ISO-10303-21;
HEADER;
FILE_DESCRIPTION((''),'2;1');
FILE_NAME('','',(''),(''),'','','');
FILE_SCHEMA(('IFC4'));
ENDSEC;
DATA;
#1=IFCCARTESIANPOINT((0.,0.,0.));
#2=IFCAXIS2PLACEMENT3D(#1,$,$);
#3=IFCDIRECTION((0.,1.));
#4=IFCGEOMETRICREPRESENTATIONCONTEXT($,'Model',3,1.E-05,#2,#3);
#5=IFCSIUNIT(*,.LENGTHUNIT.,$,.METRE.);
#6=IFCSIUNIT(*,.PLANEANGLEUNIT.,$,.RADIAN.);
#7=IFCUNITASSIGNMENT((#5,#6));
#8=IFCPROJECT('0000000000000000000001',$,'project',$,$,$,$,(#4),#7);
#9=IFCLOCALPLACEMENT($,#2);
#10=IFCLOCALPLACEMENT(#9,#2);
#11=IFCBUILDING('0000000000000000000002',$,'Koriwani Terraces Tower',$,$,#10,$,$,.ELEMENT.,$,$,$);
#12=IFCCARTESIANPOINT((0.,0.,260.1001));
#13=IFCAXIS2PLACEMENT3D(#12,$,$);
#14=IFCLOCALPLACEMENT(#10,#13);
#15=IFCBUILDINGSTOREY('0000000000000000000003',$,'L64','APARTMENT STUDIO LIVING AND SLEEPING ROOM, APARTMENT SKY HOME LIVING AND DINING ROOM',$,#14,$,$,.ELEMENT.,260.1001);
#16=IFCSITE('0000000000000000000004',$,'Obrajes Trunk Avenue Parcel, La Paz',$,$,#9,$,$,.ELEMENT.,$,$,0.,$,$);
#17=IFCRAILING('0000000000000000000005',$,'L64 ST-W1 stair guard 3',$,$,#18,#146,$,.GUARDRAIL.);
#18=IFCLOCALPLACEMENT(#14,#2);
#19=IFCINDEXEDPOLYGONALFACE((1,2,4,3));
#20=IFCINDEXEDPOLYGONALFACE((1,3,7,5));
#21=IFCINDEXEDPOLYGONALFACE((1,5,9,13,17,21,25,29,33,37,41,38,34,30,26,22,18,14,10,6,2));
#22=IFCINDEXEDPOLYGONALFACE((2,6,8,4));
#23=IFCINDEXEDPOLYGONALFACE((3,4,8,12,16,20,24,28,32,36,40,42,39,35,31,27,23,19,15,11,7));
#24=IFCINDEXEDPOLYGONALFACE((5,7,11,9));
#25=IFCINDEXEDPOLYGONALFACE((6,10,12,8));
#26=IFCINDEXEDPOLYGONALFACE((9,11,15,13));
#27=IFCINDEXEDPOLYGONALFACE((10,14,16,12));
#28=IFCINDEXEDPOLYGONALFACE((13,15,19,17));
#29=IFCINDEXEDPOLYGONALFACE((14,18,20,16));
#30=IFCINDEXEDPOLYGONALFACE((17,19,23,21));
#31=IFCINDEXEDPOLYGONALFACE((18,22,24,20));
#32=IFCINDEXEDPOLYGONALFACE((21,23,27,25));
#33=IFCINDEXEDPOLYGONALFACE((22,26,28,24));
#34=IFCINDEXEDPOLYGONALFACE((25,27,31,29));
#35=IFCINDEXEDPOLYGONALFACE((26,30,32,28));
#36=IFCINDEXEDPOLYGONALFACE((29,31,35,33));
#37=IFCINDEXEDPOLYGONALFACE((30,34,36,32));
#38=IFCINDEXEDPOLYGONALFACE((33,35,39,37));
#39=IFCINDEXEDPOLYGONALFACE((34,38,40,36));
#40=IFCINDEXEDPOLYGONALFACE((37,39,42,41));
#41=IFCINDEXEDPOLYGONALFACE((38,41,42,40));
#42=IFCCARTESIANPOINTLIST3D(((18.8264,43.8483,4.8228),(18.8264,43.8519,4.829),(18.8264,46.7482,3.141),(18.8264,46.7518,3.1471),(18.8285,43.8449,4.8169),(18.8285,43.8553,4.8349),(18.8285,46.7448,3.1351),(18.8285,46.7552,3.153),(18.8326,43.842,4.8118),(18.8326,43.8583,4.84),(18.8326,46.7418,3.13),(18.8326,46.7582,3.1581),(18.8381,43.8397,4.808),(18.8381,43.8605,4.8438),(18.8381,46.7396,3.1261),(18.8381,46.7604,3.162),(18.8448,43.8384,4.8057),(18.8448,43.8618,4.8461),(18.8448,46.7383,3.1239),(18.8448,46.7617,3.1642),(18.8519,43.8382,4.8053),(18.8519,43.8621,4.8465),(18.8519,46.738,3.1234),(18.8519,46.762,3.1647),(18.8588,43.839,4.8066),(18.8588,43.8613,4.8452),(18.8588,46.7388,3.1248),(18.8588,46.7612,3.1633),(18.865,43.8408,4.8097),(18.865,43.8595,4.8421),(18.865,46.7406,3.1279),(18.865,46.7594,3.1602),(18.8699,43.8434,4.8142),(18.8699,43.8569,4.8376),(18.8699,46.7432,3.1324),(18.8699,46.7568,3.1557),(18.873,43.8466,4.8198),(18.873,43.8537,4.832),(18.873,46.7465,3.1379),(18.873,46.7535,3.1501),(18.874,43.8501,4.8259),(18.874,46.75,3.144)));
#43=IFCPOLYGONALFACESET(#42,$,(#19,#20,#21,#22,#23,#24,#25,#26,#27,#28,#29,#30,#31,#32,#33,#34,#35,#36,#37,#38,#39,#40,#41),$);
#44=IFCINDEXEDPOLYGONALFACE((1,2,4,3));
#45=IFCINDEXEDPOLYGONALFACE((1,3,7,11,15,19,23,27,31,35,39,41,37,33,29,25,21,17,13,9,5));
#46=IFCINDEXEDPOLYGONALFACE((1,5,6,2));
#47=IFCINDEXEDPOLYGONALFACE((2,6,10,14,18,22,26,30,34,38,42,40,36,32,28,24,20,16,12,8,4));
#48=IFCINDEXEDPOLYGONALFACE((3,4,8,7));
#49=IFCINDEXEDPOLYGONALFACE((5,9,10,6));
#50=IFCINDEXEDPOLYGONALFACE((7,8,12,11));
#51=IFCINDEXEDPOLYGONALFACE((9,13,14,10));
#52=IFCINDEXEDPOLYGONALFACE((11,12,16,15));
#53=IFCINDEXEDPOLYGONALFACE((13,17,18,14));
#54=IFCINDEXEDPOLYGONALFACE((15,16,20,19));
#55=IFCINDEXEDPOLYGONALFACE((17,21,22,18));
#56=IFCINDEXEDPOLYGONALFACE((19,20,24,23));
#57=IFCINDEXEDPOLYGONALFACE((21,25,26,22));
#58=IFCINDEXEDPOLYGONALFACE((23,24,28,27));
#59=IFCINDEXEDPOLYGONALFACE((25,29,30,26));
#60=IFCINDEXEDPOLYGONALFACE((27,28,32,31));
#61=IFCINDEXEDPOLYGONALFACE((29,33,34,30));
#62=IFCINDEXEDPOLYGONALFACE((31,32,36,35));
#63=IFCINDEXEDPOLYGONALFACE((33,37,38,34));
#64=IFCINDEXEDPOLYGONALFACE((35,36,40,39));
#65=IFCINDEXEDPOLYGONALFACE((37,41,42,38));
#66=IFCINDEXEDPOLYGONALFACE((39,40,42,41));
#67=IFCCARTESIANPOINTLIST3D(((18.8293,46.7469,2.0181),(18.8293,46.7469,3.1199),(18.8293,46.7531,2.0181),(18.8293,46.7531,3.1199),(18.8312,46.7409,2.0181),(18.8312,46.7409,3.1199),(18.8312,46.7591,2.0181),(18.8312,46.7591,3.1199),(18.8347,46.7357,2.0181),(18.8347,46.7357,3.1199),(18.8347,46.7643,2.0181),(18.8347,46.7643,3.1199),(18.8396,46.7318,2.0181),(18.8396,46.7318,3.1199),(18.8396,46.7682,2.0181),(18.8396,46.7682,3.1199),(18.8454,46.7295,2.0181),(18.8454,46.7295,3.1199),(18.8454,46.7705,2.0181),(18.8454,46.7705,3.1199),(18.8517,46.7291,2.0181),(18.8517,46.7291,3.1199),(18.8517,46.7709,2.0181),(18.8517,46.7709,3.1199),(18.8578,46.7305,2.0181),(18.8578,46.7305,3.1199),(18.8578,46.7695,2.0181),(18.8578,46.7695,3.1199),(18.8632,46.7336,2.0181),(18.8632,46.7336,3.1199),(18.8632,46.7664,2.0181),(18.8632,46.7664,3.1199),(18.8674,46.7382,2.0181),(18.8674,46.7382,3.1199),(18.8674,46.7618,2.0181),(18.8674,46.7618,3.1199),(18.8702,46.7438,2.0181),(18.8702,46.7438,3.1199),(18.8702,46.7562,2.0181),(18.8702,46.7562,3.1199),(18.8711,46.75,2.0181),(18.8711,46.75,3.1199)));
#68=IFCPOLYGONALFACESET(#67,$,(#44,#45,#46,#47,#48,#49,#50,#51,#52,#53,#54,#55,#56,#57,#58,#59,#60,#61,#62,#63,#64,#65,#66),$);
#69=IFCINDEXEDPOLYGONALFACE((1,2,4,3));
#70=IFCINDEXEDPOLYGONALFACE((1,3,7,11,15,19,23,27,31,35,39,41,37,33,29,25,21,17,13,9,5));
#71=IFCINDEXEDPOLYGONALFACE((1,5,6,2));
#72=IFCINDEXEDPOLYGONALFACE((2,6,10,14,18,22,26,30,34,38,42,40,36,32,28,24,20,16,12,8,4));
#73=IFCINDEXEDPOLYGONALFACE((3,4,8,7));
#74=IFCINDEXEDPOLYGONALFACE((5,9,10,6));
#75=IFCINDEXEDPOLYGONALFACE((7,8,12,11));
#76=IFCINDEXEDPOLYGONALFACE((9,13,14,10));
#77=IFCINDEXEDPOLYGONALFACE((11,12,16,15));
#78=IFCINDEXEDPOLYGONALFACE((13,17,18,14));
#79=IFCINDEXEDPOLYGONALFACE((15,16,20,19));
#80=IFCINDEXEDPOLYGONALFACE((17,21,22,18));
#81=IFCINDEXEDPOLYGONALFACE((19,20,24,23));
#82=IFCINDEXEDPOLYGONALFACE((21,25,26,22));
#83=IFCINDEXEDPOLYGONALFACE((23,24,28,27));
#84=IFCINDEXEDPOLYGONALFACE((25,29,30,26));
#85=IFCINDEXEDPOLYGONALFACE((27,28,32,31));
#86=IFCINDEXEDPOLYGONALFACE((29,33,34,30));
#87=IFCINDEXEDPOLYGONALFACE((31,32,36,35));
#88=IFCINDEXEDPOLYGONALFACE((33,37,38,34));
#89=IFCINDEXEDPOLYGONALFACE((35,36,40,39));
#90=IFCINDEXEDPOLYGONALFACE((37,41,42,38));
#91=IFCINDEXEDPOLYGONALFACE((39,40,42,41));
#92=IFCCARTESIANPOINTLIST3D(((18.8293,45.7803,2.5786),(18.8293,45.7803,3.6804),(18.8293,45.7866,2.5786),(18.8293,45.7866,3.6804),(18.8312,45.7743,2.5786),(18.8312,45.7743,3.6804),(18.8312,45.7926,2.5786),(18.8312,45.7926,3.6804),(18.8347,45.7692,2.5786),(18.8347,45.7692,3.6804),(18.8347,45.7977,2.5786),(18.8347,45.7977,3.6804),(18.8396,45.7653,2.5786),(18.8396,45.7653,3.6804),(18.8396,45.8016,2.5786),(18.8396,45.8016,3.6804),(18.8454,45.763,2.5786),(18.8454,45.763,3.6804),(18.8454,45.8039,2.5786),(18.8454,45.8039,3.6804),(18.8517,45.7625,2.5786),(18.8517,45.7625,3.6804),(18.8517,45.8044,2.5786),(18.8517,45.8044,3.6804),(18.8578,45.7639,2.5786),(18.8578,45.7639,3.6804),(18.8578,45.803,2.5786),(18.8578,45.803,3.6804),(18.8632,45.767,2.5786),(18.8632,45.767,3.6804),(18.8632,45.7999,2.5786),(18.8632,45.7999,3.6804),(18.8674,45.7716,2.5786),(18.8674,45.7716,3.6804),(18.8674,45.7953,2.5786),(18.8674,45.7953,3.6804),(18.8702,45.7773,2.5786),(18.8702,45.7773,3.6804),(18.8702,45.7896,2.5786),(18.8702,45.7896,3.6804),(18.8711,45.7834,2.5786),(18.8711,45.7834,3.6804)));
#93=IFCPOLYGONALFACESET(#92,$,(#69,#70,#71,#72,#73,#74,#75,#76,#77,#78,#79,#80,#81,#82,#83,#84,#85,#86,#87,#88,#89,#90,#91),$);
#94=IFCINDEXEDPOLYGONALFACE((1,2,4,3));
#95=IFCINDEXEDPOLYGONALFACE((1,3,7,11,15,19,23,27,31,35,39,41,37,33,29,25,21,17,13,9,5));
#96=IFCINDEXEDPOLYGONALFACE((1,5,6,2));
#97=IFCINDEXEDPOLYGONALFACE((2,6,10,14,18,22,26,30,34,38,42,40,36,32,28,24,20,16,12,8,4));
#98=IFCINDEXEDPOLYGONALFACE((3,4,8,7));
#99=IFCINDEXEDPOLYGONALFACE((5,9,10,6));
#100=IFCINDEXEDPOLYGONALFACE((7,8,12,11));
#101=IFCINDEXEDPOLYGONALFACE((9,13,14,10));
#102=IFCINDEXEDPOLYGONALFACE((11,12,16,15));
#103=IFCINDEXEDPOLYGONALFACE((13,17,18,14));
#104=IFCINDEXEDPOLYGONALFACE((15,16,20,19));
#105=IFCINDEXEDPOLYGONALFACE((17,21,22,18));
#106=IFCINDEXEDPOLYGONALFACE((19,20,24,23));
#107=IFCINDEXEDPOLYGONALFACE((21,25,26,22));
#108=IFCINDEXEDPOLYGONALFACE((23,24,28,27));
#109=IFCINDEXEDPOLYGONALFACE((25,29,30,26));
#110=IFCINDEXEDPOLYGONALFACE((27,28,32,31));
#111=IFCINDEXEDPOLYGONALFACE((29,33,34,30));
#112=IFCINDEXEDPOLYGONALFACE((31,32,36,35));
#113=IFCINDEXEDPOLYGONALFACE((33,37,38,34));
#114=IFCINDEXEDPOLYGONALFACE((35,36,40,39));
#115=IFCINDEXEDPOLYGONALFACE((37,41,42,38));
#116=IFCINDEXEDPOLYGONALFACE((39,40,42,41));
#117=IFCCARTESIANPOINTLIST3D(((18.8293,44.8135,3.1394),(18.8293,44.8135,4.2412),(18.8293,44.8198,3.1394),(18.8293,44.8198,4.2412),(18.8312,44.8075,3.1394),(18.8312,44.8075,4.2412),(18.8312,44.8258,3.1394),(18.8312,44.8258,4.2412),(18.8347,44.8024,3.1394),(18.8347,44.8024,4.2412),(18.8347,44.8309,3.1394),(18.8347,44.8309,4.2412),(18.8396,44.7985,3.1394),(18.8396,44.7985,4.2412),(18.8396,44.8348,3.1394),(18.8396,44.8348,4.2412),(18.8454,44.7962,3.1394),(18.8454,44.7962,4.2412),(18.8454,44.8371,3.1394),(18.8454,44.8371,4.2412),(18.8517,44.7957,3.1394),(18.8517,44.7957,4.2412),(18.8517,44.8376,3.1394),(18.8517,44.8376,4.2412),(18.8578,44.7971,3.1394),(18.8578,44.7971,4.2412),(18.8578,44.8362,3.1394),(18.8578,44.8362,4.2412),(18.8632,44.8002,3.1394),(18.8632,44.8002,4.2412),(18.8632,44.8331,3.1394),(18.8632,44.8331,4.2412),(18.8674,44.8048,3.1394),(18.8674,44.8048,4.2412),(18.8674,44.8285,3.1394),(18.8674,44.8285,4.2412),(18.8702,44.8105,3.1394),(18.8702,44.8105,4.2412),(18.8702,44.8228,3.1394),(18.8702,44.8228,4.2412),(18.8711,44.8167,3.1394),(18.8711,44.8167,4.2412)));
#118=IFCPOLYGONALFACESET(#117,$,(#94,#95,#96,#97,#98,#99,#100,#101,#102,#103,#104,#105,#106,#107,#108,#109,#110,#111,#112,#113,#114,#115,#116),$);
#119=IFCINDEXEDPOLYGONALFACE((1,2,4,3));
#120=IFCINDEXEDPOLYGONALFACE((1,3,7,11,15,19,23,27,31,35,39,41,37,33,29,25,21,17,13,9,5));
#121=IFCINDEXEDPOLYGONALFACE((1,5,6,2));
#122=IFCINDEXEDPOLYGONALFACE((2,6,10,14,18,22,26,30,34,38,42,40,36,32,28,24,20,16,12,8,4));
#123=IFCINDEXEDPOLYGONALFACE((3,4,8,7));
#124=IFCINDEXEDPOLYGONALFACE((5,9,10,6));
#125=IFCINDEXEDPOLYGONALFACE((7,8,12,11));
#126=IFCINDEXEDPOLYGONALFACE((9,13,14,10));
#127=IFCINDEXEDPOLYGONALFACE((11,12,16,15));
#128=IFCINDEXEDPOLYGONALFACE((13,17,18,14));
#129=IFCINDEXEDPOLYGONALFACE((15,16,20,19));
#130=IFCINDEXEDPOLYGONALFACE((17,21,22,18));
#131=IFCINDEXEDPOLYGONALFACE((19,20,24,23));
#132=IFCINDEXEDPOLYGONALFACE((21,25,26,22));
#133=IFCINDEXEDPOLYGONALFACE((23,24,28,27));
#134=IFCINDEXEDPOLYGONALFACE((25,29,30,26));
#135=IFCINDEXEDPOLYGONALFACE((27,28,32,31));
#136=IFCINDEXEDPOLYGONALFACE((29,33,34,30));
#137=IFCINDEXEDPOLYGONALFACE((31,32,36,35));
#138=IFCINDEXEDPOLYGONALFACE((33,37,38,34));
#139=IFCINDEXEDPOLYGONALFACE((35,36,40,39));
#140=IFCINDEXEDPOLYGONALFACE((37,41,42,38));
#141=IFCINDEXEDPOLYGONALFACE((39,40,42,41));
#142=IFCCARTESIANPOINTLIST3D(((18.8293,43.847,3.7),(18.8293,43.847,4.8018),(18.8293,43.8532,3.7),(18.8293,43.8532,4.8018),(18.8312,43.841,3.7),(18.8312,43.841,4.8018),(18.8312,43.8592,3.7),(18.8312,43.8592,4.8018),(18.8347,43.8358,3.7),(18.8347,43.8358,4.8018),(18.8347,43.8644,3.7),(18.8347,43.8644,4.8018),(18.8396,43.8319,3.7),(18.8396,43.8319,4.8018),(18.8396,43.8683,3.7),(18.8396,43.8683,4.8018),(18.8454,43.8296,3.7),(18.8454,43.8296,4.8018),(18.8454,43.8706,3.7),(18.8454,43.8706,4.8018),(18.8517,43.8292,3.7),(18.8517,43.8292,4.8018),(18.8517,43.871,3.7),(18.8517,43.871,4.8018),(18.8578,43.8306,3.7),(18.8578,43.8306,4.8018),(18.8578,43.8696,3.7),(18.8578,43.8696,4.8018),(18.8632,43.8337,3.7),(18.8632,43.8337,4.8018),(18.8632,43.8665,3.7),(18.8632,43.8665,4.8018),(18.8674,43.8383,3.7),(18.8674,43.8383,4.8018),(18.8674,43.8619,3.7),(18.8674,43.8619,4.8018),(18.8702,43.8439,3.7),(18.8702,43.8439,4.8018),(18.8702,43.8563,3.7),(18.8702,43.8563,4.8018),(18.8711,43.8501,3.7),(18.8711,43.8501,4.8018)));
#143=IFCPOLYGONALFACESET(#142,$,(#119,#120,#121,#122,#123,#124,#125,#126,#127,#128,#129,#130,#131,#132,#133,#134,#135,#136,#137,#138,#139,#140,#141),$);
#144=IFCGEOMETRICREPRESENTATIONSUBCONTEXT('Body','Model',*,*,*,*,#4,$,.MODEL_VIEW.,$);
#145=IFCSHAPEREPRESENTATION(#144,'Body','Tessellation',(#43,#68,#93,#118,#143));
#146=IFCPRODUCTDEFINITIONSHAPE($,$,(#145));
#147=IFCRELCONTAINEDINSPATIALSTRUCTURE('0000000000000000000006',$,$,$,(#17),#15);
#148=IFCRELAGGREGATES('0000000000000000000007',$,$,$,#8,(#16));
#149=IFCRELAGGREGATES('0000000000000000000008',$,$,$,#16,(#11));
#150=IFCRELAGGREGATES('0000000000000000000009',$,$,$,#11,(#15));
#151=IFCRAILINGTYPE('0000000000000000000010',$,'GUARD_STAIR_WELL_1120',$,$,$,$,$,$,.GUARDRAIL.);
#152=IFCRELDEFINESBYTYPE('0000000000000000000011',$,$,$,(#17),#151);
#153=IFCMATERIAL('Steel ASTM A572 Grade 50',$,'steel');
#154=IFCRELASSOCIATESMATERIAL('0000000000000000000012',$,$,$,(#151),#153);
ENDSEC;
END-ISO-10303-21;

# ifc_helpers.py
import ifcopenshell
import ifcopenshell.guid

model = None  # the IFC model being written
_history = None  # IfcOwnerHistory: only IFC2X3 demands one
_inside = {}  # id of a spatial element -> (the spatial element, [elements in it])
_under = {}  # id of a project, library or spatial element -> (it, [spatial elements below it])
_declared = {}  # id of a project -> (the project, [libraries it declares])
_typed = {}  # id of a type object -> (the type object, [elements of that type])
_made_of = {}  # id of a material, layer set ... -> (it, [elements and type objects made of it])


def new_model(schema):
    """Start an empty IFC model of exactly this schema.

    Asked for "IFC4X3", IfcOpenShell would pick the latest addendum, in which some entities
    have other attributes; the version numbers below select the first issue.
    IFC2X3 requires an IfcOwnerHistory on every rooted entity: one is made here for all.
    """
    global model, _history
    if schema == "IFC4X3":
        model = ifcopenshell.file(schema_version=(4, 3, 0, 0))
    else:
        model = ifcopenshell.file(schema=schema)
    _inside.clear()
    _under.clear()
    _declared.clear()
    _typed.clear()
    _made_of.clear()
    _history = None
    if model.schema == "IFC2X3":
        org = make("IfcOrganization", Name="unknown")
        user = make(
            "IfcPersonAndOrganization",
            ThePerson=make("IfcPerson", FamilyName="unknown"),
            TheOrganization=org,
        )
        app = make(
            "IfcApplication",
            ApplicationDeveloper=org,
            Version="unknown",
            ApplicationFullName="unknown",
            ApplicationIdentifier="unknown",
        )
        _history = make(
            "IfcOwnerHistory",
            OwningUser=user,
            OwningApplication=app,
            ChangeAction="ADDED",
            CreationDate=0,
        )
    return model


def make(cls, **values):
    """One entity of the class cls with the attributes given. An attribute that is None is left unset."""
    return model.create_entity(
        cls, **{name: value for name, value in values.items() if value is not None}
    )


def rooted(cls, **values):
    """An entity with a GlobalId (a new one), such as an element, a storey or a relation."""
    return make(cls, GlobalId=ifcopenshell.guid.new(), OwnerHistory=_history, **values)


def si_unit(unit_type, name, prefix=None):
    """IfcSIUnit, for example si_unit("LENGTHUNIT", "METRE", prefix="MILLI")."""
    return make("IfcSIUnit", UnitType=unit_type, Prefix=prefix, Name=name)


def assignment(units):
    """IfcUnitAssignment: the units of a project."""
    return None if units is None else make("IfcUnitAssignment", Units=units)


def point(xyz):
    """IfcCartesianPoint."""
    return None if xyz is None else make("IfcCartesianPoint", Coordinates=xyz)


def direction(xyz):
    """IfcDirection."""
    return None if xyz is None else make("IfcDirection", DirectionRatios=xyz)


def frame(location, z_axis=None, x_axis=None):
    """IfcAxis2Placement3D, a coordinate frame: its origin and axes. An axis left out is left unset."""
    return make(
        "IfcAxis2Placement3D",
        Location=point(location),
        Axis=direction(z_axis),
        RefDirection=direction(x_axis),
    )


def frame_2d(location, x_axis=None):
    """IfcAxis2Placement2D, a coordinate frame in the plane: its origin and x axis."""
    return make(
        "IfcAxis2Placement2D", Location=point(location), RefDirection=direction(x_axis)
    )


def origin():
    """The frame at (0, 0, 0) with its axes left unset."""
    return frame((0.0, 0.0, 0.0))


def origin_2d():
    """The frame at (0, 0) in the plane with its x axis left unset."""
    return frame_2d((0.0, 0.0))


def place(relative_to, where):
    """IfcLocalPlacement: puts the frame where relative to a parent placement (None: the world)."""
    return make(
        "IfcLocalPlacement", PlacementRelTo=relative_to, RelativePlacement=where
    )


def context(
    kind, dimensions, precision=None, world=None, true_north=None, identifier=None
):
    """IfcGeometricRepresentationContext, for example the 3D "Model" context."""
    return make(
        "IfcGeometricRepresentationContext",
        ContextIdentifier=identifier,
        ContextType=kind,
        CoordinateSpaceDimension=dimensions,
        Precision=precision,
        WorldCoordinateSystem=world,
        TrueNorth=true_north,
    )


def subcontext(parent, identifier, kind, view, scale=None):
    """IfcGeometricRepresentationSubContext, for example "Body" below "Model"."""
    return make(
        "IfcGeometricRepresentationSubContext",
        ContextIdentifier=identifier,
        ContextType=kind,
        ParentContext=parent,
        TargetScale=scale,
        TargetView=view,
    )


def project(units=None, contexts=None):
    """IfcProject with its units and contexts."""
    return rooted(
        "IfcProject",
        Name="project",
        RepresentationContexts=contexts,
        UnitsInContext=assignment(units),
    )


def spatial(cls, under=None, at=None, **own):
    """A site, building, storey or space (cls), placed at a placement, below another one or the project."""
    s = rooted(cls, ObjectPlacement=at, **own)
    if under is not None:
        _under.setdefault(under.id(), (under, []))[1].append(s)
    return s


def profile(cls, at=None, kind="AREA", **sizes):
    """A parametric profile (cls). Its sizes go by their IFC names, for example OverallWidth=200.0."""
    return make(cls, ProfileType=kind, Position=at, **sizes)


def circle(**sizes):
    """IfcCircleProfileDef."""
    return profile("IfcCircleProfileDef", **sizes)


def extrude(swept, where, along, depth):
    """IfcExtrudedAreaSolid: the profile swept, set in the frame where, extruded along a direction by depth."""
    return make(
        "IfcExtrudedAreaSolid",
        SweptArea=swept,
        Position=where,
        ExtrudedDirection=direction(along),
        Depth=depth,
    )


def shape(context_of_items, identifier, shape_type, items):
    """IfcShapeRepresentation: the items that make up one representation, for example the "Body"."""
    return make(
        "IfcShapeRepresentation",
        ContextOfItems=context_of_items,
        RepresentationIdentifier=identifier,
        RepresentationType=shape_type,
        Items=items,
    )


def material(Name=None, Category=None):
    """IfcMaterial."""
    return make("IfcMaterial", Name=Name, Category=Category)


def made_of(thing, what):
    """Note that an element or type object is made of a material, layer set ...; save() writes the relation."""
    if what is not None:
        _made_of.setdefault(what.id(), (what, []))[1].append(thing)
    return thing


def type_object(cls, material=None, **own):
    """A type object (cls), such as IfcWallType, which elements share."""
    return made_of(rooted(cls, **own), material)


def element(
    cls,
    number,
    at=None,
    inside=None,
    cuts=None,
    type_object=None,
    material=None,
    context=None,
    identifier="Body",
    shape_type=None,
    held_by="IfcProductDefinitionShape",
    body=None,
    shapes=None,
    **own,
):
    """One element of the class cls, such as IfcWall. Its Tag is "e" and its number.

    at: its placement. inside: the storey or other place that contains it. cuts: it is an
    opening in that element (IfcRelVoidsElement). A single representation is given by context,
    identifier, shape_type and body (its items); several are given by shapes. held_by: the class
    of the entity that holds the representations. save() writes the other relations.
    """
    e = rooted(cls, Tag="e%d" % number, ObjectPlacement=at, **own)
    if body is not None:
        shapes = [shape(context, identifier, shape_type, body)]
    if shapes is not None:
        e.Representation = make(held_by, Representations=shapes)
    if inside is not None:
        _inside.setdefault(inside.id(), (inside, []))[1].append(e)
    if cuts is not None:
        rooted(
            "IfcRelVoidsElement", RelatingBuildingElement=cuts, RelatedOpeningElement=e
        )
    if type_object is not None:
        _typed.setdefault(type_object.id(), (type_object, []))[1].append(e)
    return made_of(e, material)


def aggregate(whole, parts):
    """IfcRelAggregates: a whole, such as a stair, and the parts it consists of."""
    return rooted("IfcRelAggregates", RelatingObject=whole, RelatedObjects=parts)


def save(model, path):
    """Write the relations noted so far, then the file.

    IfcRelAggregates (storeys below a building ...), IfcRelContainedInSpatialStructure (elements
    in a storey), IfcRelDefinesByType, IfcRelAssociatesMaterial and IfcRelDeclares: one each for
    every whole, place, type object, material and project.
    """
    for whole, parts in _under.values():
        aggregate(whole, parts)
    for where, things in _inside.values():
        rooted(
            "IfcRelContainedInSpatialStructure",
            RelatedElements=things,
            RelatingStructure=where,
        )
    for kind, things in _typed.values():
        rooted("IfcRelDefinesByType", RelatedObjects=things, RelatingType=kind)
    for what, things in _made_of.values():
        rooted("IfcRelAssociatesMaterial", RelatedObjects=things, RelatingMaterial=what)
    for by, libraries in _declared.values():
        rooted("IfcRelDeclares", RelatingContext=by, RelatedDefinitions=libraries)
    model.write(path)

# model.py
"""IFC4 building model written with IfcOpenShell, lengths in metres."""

from ifc_helpers import new_model, si_unit, direction, frame, origin, origin_2d, place, context, subcontext, project, spatial, circle, extrude, material, type_object, element, save


model = new_model("IFC4")

# Units and contexts
model_context = context("Model", 3, precision=1e-05, world=origin(), true_north=direction((0.0, 1.0)))
body_context = subcontext(model_context, "Body", "Model", "MODEL_VIEW")
ifc_project = project(units=[si_unit("LENGTHUNIT", "METRE"), si_unit("PLANEANGLEUNIT", "RADIAN")], contexts=[model_context])

# Site, building, storey
site_placement = place(None, origin())
site = spatial("IfcSite", under=ifc_project, at=site_placement, Name="Obrajes Trunk Avenue Parcel, La Paz", CompositionType="ELEMENT", RefElevation=0.0)
building_placement = place(site_placement, origin())
building = spatial("IfcBuilding", under=site, at=building_placement, Name="Koriwani Terraces Tower", CompositionType="ELEMENT")
storey_placement = place(building_placement, frame((0.0, 0.0, 260.1001)))
storey = spatial("IfcBuildingStorey", under=building, at=storey_placement, Name="L64", Description="APARTMENT STUDIO LIVING AND SLEEPING ROOM, APARTMENT SKY HOME LIVING AND DINING ROOM", CompositionType="ELEMENT", Elevation=260.1001)

# Railing
ifc_material_1 = material(Name="Steel ASTM A572 Grade 50", Category="steel")
railing_type_1 = type_object("IfcRailingType", Name="GUARD_STAIR_WELL_1120", PredefinedType="GUARDRAIL", material=ifc_material_1)
railing_1_placement = place(storey_placement, frame((18.8501, 46.75, 2.0181)))
element("IfcRailing", 1, at=railing_1_placement, inside=storey, type_object=railing_type_1, Name="L64 ST-W1 stair guard 3", PredefinedType="GUARDRAIL", context=body_context, shape_type="SweptSolid", body=[
    extrude(circle(Radius=0.0239, at=origin_2d()), frame((0.0, 0.0, 1.126), z_axis=(0.0, -0.865039, 0.501705), x_axis=(1.0, 0.0, 0.0)), (0.0, 0.0, 1.0), 3.3523),
    extrude(circle(Radius=0.021, at=origin_2d()), origin(), (0.0, 0.0, 1.0), 1.1018),
    extrude(circle(Radius=0.021, at=origin_2d()), frame((0.0, -0.9666, 0.5605)), (0.0, 0.0, 1.0), 1.1018),
    extrude(circle(Radius=0.021, at=origin_2d()), frame((0.0, -1.9333, 1.1213)), (0.0, 0.0, 1.0), 1.1018),
    extrude(circle(Radius=0.021, at=origin_2d()), frame((0.0, -2.8999, 1.6819)), (0.0, 0.0, 1.0), 1.1018),
])

save(model, "model.ifc")
